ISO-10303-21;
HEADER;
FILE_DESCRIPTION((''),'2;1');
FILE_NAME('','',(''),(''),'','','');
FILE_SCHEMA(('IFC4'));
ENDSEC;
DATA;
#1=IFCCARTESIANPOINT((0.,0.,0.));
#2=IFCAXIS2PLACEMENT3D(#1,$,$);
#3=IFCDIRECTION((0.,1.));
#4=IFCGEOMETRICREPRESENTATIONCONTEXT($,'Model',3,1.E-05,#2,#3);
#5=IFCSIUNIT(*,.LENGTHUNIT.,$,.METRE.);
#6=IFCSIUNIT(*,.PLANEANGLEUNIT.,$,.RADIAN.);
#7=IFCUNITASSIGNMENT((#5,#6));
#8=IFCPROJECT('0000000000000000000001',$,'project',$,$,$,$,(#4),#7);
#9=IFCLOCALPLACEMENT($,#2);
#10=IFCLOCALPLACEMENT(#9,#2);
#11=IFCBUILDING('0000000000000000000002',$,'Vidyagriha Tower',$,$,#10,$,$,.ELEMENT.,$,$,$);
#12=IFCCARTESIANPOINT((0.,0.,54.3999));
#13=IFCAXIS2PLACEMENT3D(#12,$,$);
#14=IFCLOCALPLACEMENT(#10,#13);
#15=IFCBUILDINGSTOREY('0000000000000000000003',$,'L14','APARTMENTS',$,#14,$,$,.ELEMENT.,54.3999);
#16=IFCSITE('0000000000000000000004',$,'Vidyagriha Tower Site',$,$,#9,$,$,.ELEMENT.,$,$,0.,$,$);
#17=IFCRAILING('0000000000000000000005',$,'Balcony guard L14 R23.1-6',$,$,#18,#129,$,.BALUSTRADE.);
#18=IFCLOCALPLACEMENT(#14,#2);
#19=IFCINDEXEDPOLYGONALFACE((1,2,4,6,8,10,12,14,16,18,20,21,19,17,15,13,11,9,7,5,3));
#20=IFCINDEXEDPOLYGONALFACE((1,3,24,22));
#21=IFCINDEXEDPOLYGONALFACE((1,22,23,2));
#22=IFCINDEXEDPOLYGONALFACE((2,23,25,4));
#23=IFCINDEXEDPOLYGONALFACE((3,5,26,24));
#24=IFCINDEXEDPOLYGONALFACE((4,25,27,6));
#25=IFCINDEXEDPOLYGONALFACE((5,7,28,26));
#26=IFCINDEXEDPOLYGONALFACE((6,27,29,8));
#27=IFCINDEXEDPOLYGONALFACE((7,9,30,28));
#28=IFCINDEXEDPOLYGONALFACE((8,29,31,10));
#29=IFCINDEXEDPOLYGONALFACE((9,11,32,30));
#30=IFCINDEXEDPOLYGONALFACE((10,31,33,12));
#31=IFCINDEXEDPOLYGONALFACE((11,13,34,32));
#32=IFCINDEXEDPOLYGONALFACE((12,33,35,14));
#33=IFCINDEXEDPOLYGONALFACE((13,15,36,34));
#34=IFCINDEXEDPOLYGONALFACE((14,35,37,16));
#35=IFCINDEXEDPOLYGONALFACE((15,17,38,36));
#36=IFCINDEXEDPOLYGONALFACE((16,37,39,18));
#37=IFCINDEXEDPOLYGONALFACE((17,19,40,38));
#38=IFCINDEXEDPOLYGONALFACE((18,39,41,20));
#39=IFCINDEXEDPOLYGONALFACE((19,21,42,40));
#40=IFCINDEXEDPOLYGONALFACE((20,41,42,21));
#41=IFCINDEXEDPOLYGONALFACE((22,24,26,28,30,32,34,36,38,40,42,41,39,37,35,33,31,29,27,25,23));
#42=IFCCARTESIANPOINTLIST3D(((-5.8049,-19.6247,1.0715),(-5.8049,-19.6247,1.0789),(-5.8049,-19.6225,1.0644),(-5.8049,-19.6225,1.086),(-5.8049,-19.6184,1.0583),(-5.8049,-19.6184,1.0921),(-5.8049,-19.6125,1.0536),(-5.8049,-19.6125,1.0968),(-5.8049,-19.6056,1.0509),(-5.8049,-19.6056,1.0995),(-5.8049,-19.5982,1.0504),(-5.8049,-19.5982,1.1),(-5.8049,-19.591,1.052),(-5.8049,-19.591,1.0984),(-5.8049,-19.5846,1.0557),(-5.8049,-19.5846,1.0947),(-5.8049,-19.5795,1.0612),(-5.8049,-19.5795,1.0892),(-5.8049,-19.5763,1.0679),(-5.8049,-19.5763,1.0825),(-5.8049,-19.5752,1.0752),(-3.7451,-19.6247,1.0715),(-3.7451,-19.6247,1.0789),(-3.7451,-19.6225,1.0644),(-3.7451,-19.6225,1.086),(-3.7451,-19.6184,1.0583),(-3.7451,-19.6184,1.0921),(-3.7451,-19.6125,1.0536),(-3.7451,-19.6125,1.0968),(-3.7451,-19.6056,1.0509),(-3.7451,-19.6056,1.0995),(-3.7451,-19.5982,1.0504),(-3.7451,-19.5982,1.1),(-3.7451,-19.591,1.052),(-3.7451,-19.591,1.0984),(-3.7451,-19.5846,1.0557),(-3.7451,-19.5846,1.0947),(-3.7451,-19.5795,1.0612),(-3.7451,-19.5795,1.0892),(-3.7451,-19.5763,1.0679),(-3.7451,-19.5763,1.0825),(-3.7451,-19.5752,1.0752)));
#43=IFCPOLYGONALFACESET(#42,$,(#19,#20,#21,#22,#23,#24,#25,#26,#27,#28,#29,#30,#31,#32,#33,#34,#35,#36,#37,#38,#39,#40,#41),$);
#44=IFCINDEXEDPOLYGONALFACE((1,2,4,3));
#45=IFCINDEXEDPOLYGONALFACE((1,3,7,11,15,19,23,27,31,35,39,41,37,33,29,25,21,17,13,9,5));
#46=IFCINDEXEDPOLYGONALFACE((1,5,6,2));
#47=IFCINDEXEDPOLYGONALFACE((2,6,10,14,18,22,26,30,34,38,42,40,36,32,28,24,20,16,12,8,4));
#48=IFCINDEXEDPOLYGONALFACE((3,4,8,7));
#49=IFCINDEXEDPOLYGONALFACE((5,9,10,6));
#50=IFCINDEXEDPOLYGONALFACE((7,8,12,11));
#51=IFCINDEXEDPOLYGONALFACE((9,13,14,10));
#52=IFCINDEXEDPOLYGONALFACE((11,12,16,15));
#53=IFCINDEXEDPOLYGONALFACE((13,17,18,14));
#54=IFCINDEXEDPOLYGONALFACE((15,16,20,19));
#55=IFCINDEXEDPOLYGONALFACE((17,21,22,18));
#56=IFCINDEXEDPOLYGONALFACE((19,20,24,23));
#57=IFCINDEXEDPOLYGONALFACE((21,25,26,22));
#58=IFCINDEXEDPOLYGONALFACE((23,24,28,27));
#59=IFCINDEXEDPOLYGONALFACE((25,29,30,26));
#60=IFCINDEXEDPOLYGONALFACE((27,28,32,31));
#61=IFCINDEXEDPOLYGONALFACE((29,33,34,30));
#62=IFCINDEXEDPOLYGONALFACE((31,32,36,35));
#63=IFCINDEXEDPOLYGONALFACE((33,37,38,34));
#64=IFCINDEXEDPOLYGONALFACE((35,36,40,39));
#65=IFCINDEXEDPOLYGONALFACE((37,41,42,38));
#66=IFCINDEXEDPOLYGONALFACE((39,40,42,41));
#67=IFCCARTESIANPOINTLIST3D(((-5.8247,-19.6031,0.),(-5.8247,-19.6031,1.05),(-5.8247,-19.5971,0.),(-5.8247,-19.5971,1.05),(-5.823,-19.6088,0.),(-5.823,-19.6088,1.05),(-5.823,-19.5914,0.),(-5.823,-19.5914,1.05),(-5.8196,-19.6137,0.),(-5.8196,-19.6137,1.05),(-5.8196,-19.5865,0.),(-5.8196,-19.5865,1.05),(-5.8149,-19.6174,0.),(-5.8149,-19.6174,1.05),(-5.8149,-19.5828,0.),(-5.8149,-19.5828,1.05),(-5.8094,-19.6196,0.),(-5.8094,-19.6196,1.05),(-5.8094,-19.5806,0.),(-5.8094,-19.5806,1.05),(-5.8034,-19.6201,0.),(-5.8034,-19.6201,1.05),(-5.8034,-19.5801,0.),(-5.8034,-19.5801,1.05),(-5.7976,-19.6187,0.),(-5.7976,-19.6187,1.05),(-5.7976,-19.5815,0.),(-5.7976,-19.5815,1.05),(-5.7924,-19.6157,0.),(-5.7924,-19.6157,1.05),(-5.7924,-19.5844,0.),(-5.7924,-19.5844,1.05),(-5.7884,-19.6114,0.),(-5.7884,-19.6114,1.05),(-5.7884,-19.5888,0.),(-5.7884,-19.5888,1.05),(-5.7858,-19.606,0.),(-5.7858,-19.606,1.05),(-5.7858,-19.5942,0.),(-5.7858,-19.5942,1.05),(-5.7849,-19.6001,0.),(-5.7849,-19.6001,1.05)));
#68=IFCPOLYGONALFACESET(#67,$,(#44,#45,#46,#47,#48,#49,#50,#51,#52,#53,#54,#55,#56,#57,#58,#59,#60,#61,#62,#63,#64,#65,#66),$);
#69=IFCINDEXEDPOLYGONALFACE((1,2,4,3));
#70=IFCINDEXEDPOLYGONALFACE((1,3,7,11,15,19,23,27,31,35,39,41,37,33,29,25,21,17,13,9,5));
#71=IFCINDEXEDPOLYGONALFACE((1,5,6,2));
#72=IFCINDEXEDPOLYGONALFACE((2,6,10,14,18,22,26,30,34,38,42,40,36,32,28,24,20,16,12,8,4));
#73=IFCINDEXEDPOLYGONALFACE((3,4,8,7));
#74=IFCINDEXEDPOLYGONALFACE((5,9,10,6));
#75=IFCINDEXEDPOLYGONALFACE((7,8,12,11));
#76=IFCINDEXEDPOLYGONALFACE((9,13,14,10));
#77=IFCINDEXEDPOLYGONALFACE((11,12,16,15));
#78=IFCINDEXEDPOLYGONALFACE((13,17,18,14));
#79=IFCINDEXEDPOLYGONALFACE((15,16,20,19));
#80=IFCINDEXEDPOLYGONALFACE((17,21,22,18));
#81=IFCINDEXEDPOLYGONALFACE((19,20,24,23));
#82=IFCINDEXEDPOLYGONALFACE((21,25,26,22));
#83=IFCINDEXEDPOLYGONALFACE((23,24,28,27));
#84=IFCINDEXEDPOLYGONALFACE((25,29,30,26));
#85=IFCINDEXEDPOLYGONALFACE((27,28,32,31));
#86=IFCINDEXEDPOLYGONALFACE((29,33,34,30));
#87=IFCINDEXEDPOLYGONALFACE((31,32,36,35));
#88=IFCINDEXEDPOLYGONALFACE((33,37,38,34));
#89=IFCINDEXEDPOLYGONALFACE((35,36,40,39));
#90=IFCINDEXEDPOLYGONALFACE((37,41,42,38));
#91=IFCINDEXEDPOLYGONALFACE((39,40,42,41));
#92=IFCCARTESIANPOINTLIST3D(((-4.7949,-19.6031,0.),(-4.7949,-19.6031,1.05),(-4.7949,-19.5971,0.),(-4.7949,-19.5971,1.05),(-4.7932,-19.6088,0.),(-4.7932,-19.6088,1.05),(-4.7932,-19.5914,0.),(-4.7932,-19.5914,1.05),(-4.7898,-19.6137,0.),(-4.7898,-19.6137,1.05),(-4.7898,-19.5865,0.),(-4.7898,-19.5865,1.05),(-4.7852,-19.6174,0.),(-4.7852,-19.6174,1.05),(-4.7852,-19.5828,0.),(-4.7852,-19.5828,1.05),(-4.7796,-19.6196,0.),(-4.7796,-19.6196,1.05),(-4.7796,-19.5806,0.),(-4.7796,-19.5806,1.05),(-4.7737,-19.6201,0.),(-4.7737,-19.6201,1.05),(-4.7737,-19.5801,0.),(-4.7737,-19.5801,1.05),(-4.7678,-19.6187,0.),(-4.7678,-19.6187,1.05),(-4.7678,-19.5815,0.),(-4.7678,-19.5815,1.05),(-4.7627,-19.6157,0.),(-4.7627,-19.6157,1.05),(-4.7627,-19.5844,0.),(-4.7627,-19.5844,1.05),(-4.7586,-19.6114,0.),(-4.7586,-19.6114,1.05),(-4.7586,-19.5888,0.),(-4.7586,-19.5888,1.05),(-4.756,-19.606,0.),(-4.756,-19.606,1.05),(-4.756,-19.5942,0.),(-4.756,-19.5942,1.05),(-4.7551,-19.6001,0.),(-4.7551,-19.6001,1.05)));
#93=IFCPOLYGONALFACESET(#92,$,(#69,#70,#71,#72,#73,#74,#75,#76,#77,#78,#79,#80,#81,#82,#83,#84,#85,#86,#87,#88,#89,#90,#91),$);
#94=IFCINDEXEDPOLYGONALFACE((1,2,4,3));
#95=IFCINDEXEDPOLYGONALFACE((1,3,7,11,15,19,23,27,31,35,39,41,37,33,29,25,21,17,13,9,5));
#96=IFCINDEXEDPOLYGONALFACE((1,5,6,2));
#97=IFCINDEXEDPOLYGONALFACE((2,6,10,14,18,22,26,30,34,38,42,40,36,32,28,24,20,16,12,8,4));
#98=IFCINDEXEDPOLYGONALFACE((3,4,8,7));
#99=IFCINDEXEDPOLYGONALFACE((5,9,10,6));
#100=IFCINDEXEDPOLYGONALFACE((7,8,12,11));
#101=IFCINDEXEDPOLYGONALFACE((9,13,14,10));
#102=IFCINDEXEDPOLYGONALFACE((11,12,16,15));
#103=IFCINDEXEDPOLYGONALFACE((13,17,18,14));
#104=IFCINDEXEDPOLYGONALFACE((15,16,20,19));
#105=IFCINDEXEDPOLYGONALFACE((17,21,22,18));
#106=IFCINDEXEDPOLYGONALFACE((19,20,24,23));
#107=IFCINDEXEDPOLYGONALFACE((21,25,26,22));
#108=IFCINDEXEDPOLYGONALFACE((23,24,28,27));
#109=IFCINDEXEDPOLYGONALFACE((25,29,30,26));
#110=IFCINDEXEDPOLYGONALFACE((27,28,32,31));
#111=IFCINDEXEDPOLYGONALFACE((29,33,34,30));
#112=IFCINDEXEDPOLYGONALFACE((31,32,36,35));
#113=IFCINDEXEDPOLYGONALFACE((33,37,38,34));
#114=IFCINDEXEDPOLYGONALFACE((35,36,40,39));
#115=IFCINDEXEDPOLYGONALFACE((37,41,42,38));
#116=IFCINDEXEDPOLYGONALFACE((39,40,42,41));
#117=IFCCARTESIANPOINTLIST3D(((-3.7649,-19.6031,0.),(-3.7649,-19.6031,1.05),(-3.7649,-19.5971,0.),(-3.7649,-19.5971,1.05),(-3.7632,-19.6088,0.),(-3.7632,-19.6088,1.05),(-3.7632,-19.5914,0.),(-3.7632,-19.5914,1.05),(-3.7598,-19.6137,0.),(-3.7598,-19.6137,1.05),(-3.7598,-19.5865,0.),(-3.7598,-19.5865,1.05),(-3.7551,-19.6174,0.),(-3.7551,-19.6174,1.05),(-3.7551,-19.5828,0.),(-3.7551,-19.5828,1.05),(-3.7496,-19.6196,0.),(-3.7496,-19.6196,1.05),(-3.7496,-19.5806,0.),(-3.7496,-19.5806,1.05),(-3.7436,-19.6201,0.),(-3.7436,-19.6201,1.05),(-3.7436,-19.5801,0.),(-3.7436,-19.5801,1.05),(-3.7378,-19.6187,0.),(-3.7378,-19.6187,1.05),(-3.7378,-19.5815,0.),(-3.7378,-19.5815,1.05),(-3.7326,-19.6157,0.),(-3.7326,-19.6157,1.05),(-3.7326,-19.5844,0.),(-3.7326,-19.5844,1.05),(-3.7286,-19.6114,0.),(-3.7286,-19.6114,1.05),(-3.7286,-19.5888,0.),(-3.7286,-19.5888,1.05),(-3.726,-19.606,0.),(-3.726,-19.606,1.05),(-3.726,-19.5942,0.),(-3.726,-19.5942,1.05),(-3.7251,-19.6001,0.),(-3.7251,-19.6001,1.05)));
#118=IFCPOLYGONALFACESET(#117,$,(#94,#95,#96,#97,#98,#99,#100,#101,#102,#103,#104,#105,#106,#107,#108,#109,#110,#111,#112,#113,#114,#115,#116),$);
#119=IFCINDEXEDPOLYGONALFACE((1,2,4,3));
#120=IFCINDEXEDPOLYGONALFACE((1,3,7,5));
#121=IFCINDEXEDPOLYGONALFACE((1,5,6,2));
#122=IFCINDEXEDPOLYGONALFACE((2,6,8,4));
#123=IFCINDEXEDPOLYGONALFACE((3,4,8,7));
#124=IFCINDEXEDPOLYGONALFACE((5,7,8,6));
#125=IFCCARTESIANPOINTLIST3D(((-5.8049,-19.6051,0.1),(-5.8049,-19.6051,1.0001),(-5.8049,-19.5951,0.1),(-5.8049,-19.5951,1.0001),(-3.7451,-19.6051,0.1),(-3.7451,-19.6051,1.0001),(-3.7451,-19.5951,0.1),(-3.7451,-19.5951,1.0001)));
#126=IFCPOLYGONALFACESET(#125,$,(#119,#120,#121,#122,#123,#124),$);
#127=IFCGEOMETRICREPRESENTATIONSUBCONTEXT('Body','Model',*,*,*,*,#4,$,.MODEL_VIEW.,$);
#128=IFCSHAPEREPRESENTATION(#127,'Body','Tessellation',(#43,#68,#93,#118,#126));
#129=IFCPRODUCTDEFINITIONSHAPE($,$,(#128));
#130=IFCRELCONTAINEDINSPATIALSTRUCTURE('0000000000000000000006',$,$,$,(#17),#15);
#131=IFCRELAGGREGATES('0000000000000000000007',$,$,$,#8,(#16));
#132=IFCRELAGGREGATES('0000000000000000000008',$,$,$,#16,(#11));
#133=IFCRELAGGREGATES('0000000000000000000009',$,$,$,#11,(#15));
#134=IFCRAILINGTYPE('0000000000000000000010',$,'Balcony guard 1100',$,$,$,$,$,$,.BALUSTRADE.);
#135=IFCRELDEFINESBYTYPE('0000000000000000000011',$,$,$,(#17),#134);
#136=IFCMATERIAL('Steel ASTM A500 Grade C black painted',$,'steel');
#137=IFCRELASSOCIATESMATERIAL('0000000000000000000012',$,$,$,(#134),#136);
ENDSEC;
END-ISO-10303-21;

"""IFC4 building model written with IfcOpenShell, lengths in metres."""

from ifc_helpers import new_model, si_unit, direction, frame, origin, origin_2d, place, context, subcontext, project, spatial, rectangle, circle, extrude, material, type_object, element, save


model = new_model("IFC4")

# Units and contexts
model_context = context("Model", 3, precision=1e-05, world=origin(), true_north=direction((0.0, 1.0)))
body_context = subcontext(model_context, "Body", "Model", "MODEL_VIEW")
ifc_project = project(units=[si_unit("LENGTHUNIT", "METRE"), si_unit("PLANEANGLEUNIT", "RADIAN")], contexts=[model_context])

# Site, building, storey
site_placement = place(None, origin())
site = spatial("IfcSite", under=ifc_project, at=site_placement, Name="Vidyagriha Tower Site", CompositionType="ELEMENT", RefElevation=0.0)
building_placement = place(site_placement, origin())
building = spatial("IfcBuilding", under=site, at=building_placement, Name="Vidyagriha Tower", CompositionType="ELEMENT")
storey_placement = place(building_placement, frame((0.0, 0.0, 54.3999)))
storey = spatial("IfcBuildingStorey", under=building, at=storey_placement, Name="L14", Description="APARTMENTS", CompositionType="ELEMENT", Elevation=54.3999)

# Railing
ifc_material_1 = material(Name="Steel ASTM A500 Grade C black painted", Category="steel")
railing_type = type_object("IfcRailingType", Name="Balcony guard 1100", PredefinedType="BALUSTRADE", material=ifc_material_1)
railing_1_placement = place(storey_placement, frame((-5.8049, -19.6001, 0.0)))
element("IfcRailing", 1, at=railing_1_placement, inside=storey, type_object=railing_type, Name="Balcony guard L14 R23.1-6", PredefinedType="BALUSTRADE", context=body_context, shape_type="SweptSolid", body=[
    extrude(circle(Radius=0.0249, at=origin_2d()), frame((0.0, 0.0, 1.0752), z_axis=(1.0, 0.0, 0.0), x_axis=(0.0, 1.0, 0.0)), (0.0, 0.0, 1.0), 2.0598),
    extrude(circle(Radius=0.02, at=origin_2d()), origin(), (0.0, 0.0, 1.0), 1.05),
    extrude(circle(Radius=0.02, at=origin_2d()), frame((1.0298, 0.0, 0.0)), (0.0, 0.0, 1.0), 1.05),
    extrude(circle(Radius=0.02, at=origin_2d()), frame((2.0598, 0.0, 0.0)), (0.0, 0.0, 1.0), 1.05),
    extrude(rectangle(XDim=0.01, YDim=0.9001, at=origin_2d()), frame((0.0, 0.0, 0.55), z_axis=(1.0, 0.0, 0.0), x_axis=(0.0, 1.0, 0.0)), (0.0, 0.0, 1.0), 2.0598),
])

save(model, "model.ifc")
